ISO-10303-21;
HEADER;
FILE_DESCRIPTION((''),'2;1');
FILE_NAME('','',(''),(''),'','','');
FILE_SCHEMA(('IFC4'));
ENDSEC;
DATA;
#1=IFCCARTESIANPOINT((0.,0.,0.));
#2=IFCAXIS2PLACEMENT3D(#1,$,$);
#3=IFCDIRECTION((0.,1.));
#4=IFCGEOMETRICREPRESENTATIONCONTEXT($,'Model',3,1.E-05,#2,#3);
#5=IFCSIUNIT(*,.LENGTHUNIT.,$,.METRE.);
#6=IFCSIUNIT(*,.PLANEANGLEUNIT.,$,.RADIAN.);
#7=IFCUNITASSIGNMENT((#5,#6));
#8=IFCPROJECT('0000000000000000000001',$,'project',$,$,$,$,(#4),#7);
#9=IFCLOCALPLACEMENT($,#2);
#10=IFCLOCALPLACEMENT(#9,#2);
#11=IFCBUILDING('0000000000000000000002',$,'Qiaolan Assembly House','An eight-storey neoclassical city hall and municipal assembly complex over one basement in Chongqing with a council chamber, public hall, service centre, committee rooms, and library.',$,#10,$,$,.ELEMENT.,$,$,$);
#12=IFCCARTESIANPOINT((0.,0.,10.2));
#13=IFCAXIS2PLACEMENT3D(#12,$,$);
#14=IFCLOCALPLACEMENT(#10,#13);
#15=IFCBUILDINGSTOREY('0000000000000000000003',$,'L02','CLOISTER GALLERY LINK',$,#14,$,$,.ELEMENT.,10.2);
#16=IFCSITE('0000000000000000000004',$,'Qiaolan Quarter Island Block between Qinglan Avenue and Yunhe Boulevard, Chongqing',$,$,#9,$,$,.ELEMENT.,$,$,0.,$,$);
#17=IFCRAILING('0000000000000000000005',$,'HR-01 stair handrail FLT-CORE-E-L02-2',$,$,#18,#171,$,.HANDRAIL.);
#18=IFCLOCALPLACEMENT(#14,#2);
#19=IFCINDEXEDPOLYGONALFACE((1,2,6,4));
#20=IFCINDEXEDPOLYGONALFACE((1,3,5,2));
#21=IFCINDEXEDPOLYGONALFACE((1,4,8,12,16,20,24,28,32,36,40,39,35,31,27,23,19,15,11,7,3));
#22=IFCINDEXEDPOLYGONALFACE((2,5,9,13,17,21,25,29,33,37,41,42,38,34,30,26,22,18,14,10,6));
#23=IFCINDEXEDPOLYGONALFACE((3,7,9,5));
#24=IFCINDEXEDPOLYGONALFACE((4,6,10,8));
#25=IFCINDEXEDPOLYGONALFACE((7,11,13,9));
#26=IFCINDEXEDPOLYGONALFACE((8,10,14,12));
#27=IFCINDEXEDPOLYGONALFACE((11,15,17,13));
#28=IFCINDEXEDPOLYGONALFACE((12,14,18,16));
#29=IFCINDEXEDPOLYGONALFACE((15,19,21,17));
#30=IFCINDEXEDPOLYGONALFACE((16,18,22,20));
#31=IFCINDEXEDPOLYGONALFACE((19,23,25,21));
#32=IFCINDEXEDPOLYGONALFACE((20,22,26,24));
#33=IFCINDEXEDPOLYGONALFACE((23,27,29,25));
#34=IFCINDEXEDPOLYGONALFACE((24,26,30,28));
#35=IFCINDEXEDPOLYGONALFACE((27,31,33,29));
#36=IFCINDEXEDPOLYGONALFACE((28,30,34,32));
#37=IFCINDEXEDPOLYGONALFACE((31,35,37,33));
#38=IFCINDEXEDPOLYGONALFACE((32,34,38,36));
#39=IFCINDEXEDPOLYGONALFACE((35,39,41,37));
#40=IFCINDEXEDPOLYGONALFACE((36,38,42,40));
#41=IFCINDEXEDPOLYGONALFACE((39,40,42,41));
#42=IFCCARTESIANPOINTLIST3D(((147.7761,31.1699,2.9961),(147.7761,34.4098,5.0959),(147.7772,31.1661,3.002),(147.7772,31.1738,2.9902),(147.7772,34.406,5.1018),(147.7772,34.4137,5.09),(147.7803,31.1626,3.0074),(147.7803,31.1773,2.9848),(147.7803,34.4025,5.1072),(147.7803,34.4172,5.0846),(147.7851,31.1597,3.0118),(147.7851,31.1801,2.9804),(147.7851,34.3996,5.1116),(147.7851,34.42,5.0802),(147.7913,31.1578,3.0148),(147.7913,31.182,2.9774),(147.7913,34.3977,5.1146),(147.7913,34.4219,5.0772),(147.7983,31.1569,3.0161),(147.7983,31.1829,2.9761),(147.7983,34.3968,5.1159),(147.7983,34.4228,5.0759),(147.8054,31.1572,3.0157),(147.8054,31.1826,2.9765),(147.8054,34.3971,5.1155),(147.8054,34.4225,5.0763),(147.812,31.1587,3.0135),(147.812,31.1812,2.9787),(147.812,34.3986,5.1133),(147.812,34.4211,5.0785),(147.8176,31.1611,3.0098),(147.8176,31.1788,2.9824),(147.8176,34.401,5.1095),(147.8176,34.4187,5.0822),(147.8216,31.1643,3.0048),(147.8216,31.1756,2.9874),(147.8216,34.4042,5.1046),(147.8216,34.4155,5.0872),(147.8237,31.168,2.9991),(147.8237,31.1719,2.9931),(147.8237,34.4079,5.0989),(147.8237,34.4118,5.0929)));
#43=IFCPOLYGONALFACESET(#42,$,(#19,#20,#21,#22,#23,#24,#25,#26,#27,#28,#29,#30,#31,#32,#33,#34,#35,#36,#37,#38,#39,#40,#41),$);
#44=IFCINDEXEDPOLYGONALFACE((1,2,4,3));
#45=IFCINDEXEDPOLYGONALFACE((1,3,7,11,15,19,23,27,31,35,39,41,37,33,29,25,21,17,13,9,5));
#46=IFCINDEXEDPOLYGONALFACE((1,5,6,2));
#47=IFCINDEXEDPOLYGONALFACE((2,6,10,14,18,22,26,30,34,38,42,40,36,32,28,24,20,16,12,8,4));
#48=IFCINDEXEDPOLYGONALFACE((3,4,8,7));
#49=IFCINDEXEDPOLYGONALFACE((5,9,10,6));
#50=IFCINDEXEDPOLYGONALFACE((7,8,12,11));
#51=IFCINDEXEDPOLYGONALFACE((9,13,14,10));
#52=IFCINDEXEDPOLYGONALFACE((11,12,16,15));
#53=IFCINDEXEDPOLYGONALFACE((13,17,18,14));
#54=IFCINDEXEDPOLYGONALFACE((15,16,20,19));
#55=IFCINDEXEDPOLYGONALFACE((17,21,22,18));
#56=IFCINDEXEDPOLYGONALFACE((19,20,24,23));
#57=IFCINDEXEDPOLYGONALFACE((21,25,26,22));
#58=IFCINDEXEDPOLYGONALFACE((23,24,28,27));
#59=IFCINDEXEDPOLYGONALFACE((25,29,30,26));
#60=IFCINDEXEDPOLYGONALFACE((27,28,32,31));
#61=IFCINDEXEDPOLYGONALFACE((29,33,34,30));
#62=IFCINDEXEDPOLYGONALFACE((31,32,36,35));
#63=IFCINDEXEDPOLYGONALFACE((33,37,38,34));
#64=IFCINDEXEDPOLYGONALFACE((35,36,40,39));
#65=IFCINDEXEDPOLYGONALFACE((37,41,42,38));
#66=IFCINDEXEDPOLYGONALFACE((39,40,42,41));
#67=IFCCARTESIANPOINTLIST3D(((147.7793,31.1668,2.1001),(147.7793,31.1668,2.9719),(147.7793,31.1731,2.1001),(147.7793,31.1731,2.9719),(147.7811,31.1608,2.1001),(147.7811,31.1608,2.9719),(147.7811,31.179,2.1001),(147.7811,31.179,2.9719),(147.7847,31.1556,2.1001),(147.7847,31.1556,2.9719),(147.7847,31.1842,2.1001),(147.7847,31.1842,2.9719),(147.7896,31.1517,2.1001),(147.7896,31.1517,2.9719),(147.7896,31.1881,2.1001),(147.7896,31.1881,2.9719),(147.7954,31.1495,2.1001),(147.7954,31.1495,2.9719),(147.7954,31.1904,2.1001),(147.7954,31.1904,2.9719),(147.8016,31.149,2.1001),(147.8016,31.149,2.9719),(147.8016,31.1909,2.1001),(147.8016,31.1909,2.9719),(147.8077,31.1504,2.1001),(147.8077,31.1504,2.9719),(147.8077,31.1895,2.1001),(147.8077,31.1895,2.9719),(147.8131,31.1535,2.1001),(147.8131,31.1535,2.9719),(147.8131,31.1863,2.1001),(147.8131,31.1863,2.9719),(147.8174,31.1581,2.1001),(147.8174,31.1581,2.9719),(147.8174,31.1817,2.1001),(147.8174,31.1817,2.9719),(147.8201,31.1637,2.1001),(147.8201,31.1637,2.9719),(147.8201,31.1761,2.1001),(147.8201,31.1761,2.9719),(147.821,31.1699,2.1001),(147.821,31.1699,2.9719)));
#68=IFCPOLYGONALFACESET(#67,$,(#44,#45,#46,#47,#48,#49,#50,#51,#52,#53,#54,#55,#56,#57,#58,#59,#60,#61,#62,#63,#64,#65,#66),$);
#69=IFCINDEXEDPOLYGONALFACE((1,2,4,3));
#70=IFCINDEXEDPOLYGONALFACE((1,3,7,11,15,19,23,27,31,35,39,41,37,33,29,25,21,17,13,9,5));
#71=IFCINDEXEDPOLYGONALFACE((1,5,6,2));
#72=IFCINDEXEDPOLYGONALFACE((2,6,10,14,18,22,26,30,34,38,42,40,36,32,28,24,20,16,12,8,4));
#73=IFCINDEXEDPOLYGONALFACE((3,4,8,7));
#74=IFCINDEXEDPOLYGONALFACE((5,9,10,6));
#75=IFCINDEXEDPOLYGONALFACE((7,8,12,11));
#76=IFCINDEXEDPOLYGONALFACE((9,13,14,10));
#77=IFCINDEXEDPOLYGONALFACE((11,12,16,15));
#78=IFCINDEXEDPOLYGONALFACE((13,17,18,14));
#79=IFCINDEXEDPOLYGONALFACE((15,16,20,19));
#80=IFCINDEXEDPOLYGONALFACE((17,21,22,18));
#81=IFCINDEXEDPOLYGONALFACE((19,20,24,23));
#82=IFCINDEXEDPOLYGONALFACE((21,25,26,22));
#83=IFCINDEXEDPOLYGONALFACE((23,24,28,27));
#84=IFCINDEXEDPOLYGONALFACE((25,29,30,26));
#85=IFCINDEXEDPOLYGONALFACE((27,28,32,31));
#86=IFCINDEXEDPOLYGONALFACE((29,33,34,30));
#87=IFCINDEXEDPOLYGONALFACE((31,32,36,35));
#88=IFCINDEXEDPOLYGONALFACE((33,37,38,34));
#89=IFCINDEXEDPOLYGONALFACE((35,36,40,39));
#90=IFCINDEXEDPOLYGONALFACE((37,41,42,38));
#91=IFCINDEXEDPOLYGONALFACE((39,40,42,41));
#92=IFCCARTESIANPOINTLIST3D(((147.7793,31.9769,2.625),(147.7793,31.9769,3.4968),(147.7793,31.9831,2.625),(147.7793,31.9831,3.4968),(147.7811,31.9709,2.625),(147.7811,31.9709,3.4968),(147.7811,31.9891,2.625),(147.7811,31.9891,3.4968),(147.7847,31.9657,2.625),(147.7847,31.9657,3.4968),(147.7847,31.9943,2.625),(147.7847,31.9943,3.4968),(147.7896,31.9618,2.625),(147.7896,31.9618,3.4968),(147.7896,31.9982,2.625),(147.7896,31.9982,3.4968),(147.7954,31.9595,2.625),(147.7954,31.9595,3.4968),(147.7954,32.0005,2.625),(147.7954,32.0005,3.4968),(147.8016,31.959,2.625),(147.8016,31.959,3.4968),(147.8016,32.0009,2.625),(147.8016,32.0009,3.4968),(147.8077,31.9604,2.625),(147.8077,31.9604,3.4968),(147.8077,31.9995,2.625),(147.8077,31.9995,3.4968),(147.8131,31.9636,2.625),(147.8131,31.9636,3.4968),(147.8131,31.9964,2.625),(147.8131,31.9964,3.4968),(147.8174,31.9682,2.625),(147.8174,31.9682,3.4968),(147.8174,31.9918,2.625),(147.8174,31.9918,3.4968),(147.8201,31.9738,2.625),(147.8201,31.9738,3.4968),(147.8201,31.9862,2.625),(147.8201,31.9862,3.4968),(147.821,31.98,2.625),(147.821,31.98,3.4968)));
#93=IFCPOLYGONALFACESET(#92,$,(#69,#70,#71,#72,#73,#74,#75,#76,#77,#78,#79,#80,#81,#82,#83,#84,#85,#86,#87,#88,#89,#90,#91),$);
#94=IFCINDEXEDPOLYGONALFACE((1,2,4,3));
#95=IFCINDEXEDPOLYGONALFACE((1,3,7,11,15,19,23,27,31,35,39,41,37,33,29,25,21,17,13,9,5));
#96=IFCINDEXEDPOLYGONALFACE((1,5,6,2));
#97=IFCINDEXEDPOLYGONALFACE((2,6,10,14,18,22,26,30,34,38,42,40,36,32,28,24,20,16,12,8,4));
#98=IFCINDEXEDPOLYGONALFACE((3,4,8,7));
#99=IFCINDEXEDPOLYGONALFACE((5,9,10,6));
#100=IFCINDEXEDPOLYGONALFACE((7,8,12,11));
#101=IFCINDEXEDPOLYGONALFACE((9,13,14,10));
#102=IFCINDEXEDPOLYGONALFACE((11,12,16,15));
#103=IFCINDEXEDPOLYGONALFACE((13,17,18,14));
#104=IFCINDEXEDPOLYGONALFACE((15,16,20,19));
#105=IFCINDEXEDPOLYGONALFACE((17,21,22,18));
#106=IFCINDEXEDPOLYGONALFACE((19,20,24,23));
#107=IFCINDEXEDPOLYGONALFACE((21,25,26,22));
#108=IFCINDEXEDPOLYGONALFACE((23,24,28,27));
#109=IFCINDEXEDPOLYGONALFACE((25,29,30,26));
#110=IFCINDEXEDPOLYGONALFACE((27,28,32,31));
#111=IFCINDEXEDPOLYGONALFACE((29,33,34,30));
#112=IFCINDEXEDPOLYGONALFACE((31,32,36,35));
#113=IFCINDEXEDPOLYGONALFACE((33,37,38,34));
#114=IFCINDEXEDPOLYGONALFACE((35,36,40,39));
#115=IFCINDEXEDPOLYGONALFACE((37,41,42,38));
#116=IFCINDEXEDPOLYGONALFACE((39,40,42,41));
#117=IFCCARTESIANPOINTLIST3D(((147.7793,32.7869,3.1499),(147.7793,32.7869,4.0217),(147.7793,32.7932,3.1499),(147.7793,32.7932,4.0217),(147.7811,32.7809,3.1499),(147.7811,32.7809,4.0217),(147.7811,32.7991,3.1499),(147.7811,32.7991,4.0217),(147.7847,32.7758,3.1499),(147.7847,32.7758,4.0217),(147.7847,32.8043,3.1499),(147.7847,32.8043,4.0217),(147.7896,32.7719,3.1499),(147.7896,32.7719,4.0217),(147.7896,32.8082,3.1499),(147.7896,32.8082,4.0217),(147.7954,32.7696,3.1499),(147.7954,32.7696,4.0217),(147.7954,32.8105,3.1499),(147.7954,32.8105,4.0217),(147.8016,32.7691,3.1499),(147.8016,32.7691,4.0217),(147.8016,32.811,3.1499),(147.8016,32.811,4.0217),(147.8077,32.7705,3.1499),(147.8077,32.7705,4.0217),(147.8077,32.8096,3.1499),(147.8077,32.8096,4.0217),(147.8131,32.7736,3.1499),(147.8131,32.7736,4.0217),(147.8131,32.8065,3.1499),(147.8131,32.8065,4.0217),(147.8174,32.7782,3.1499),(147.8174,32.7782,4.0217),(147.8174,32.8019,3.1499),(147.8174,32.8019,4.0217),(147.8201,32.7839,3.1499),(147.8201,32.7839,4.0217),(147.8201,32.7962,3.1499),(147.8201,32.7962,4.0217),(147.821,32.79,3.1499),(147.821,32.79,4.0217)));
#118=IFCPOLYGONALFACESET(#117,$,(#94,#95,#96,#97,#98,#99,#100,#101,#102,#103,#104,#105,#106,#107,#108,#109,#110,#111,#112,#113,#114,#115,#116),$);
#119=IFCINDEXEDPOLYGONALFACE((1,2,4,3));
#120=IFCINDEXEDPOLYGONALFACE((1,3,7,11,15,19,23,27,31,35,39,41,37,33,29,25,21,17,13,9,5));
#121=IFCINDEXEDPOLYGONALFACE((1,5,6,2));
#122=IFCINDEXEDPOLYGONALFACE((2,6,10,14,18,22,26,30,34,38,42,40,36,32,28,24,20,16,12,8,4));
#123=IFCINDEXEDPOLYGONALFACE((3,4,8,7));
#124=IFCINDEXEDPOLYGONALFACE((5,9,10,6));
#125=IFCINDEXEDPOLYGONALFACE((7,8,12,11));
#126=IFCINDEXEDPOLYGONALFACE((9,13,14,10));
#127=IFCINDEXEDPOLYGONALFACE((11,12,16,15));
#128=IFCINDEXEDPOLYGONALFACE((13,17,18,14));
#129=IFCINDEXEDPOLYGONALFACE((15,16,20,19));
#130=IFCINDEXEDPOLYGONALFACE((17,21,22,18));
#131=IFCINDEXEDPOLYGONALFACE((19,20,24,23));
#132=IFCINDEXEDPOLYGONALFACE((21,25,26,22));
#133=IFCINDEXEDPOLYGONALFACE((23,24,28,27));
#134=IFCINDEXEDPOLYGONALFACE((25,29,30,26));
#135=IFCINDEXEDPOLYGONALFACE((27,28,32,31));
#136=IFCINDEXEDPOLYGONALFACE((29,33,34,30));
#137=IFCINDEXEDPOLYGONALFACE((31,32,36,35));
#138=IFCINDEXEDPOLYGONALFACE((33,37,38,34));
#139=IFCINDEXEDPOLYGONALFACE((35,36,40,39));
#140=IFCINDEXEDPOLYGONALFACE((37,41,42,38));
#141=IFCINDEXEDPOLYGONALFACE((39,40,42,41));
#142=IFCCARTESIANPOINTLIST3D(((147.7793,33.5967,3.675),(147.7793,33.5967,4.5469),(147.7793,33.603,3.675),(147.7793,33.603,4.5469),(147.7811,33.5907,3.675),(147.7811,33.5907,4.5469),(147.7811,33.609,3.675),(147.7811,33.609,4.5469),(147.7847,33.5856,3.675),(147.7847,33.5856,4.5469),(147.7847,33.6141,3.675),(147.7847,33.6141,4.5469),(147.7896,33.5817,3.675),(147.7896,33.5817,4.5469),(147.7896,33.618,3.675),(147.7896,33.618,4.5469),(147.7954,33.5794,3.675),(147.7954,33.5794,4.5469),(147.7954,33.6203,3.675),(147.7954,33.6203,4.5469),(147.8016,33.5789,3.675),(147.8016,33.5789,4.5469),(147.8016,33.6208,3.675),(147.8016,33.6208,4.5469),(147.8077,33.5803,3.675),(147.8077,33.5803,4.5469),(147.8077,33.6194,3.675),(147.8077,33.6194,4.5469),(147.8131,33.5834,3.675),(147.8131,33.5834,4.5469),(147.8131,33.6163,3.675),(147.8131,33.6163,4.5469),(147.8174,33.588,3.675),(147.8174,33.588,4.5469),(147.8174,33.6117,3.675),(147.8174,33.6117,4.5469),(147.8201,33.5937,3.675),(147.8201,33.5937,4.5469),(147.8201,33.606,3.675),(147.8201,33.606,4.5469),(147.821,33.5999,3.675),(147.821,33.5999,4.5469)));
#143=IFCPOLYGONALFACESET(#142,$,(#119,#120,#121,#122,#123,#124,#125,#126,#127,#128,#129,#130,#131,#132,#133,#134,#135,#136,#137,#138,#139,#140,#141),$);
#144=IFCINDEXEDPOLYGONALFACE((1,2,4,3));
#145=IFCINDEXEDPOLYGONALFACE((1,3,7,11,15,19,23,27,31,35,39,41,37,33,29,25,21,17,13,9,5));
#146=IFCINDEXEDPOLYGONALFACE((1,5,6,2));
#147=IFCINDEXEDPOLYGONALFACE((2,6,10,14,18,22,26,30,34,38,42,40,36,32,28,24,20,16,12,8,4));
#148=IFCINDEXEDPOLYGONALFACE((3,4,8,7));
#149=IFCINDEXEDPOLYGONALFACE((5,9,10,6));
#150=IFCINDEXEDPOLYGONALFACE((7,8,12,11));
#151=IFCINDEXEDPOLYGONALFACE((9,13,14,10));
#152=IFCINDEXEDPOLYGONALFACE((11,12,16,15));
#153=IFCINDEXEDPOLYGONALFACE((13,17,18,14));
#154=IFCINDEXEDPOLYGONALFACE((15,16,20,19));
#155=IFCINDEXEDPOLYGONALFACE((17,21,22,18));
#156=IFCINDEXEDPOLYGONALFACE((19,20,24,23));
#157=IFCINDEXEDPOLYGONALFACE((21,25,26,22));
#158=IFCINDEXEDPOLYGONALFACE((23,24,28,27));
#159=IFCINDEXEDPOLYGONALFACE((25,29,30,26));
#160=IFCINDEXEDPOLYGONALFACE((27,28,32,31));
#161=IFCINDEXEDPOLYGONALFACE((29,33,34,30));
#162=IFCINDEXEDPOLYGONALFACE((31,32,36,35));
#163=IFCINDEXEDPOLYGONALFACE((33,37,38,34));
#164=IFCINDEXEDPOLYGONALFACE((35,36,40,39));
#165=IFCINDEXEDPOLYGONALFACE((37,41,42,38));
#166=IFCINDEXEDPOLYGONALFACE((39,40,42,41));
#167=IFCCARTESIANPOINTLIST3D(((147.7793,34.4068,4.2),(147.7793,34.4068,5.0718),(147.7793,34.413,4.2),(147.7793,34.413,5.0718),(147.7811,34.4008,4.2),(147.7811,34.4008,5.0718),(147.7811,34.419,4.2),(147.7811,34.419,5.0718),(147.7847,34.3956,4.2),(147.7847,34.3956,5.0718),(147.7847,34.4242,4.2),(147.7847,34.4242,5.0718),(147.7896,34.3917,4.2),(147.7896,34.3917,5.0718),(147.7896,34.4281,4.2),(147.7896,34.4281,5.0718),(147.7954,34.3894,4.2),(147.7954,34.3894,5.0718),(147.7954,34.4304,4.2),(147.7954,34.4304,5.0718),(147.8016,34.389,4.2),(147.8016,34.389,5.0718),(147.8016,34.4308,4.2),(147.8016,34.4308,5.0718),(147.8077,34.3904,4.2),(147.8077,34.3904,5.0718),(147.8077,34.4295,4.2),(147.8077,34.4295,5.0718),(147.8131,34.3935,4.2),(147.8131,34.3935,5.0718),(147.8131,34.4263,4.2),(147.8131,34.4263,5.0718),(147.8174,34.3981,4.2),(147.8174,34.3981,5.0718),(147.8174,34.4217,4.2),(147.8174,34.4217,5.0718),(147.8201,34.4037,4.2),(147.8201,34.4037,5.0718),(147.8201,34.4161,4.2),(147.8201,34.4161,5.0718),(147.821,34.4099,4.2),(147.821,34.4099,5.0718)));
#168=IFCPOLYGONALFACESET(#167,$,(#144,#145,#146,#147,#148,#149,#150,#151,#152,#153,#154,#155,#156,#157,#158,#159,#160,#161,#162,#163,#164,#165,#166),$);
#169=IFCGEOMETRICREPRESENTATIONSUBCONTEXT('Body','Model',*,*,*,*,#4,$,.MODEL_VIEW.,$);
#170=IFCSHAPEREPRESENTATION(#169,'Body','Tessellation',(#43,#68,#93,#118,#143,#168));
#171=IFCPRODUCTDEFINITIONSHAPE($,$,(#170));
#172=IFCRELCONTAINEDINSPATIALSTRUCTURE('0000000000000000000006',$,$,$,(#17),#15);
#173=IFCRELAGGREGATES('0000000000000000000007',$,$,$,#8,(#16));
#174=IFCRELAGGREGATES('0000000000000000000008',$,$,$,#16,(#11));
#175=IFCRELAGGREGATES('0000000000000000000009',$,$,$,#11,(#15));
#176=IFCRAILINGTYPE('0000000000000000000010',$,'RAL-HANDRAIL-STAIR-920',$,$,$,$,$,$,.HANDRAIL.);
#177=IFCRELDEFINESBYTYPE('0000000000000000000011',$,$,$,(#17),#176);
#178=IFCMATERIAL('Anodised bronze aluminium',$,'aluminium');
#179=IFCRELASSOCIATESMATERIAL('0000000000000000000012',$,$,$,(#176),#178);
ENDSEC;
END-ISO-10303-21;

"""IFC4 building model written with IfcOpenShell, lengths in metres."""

from ifc_helpers import new_model, si_unit, direction, frame, origin, origin_2d, place, context, subcontext, project, spatial, circle, extrude, material, type_object, element, save


model = new_model("IFC4")

# Units and contexts
model_context = context("Model", 3, precision=1e-05, world=origin(), true_north=direction((0.0, 1.0)))
body_context = subcontext(model_context, "Body", "Model", "MODEL_VIEW")
ifc_project = project(units=[si_unit("LENGTHUNIT", "METRE"), si_unit("PLANEANGLEUNIT", "RADIAN")], contexts=[model_context])

# Site, building, storey
site_placement = place(None, origin())
site = spatial("IfcSite", under=ifc_project, at=site_placement, Name="Qiaolan Quarter Island Block between Qinglan Avenue and Yunhe Boulevard, Chongqing", CompositionType="ELEMENT", RefElevation=0.0)
building_placement = place(site_placement, origin())
building = spatial("IfcBuilding", under=site, at=building_placement, Name="Qiaolan Assembly House", Description="An eight-storey neoclassical city hall and municipal assembly complex over one basement in Chongqing with a council chamber, public hall, service centre, committee rooms, and library.", CompositionType="ELEMENT")
storey_placement = place(building_placement, frame((0.0, 0.0, 10.2)))
storey = spatial("IfcBuildingStorey", under=building, at=storey_placement, Name="L02", Description="CLOISTER GALLERY LINK", CompositionType="ELEMENT", Elevation=10.2)

# Shared definitions
ifc_material_1 = material(Name="Anodised bronze aluminium", Category="aluminium")

# Railing
railing_type_1 = type_object("IfcRailingType", Name="RAL-HANDRAIL-STAIR-920", PredefinedType="HANDRAIL", material=ifc_material_1)
railing_1_placement = place(storey_placement, frame((147.8, 31.1699, 2.1001)))
element("IfcRailing", 1, at=railing_1_placement, inside=storey, type_object=railing_type_1, Name="HR-01 stair handrail FLT-CORE-E-L02-2", PredefinedType="HANDRAIL", context=body_context, shape_type="SweptSolid", body=[
    extrude(circle(Radius=0.0239, at=origin_2d()), frame((0.0, 0.0, 0.896), z_axis=(0.0, 0.83917, 0.54387), x_axis=(-1.0, 0.0, 0.0)), (0.0, 0.0, 1.0), 3.8608),
    extrude(circle(Radius=0.021, at=origin_2d()), origin(), (0.0, 0.0, 1.0), 0.8718),
    extrude(circle(Radius=0.021, at=origin_2d()), frame((0.0, 0.8101, 0.5249)), (0.0, 0.0, 1.0), 0.8718),
    extrude(circle(Radius=0.021, at=origin_2d()), frame((0.0, 1.6201, 1.0498)), (0.0, 0.0, 1.0), 0.8718),
    extrude(circle(Radius=0.021, at=origin_2d()), frame((0.0, 2.4299, 1.575)), (0.0, 0.0, 1.0), 0.8718),
    extrude(circle(Radius=0.021, at=origin_2d()), frame((0.0, 3.24, 2.0999)), (0.0, 0.0, 1.0), 0.8718),
])

save(model, "model.ifc")
